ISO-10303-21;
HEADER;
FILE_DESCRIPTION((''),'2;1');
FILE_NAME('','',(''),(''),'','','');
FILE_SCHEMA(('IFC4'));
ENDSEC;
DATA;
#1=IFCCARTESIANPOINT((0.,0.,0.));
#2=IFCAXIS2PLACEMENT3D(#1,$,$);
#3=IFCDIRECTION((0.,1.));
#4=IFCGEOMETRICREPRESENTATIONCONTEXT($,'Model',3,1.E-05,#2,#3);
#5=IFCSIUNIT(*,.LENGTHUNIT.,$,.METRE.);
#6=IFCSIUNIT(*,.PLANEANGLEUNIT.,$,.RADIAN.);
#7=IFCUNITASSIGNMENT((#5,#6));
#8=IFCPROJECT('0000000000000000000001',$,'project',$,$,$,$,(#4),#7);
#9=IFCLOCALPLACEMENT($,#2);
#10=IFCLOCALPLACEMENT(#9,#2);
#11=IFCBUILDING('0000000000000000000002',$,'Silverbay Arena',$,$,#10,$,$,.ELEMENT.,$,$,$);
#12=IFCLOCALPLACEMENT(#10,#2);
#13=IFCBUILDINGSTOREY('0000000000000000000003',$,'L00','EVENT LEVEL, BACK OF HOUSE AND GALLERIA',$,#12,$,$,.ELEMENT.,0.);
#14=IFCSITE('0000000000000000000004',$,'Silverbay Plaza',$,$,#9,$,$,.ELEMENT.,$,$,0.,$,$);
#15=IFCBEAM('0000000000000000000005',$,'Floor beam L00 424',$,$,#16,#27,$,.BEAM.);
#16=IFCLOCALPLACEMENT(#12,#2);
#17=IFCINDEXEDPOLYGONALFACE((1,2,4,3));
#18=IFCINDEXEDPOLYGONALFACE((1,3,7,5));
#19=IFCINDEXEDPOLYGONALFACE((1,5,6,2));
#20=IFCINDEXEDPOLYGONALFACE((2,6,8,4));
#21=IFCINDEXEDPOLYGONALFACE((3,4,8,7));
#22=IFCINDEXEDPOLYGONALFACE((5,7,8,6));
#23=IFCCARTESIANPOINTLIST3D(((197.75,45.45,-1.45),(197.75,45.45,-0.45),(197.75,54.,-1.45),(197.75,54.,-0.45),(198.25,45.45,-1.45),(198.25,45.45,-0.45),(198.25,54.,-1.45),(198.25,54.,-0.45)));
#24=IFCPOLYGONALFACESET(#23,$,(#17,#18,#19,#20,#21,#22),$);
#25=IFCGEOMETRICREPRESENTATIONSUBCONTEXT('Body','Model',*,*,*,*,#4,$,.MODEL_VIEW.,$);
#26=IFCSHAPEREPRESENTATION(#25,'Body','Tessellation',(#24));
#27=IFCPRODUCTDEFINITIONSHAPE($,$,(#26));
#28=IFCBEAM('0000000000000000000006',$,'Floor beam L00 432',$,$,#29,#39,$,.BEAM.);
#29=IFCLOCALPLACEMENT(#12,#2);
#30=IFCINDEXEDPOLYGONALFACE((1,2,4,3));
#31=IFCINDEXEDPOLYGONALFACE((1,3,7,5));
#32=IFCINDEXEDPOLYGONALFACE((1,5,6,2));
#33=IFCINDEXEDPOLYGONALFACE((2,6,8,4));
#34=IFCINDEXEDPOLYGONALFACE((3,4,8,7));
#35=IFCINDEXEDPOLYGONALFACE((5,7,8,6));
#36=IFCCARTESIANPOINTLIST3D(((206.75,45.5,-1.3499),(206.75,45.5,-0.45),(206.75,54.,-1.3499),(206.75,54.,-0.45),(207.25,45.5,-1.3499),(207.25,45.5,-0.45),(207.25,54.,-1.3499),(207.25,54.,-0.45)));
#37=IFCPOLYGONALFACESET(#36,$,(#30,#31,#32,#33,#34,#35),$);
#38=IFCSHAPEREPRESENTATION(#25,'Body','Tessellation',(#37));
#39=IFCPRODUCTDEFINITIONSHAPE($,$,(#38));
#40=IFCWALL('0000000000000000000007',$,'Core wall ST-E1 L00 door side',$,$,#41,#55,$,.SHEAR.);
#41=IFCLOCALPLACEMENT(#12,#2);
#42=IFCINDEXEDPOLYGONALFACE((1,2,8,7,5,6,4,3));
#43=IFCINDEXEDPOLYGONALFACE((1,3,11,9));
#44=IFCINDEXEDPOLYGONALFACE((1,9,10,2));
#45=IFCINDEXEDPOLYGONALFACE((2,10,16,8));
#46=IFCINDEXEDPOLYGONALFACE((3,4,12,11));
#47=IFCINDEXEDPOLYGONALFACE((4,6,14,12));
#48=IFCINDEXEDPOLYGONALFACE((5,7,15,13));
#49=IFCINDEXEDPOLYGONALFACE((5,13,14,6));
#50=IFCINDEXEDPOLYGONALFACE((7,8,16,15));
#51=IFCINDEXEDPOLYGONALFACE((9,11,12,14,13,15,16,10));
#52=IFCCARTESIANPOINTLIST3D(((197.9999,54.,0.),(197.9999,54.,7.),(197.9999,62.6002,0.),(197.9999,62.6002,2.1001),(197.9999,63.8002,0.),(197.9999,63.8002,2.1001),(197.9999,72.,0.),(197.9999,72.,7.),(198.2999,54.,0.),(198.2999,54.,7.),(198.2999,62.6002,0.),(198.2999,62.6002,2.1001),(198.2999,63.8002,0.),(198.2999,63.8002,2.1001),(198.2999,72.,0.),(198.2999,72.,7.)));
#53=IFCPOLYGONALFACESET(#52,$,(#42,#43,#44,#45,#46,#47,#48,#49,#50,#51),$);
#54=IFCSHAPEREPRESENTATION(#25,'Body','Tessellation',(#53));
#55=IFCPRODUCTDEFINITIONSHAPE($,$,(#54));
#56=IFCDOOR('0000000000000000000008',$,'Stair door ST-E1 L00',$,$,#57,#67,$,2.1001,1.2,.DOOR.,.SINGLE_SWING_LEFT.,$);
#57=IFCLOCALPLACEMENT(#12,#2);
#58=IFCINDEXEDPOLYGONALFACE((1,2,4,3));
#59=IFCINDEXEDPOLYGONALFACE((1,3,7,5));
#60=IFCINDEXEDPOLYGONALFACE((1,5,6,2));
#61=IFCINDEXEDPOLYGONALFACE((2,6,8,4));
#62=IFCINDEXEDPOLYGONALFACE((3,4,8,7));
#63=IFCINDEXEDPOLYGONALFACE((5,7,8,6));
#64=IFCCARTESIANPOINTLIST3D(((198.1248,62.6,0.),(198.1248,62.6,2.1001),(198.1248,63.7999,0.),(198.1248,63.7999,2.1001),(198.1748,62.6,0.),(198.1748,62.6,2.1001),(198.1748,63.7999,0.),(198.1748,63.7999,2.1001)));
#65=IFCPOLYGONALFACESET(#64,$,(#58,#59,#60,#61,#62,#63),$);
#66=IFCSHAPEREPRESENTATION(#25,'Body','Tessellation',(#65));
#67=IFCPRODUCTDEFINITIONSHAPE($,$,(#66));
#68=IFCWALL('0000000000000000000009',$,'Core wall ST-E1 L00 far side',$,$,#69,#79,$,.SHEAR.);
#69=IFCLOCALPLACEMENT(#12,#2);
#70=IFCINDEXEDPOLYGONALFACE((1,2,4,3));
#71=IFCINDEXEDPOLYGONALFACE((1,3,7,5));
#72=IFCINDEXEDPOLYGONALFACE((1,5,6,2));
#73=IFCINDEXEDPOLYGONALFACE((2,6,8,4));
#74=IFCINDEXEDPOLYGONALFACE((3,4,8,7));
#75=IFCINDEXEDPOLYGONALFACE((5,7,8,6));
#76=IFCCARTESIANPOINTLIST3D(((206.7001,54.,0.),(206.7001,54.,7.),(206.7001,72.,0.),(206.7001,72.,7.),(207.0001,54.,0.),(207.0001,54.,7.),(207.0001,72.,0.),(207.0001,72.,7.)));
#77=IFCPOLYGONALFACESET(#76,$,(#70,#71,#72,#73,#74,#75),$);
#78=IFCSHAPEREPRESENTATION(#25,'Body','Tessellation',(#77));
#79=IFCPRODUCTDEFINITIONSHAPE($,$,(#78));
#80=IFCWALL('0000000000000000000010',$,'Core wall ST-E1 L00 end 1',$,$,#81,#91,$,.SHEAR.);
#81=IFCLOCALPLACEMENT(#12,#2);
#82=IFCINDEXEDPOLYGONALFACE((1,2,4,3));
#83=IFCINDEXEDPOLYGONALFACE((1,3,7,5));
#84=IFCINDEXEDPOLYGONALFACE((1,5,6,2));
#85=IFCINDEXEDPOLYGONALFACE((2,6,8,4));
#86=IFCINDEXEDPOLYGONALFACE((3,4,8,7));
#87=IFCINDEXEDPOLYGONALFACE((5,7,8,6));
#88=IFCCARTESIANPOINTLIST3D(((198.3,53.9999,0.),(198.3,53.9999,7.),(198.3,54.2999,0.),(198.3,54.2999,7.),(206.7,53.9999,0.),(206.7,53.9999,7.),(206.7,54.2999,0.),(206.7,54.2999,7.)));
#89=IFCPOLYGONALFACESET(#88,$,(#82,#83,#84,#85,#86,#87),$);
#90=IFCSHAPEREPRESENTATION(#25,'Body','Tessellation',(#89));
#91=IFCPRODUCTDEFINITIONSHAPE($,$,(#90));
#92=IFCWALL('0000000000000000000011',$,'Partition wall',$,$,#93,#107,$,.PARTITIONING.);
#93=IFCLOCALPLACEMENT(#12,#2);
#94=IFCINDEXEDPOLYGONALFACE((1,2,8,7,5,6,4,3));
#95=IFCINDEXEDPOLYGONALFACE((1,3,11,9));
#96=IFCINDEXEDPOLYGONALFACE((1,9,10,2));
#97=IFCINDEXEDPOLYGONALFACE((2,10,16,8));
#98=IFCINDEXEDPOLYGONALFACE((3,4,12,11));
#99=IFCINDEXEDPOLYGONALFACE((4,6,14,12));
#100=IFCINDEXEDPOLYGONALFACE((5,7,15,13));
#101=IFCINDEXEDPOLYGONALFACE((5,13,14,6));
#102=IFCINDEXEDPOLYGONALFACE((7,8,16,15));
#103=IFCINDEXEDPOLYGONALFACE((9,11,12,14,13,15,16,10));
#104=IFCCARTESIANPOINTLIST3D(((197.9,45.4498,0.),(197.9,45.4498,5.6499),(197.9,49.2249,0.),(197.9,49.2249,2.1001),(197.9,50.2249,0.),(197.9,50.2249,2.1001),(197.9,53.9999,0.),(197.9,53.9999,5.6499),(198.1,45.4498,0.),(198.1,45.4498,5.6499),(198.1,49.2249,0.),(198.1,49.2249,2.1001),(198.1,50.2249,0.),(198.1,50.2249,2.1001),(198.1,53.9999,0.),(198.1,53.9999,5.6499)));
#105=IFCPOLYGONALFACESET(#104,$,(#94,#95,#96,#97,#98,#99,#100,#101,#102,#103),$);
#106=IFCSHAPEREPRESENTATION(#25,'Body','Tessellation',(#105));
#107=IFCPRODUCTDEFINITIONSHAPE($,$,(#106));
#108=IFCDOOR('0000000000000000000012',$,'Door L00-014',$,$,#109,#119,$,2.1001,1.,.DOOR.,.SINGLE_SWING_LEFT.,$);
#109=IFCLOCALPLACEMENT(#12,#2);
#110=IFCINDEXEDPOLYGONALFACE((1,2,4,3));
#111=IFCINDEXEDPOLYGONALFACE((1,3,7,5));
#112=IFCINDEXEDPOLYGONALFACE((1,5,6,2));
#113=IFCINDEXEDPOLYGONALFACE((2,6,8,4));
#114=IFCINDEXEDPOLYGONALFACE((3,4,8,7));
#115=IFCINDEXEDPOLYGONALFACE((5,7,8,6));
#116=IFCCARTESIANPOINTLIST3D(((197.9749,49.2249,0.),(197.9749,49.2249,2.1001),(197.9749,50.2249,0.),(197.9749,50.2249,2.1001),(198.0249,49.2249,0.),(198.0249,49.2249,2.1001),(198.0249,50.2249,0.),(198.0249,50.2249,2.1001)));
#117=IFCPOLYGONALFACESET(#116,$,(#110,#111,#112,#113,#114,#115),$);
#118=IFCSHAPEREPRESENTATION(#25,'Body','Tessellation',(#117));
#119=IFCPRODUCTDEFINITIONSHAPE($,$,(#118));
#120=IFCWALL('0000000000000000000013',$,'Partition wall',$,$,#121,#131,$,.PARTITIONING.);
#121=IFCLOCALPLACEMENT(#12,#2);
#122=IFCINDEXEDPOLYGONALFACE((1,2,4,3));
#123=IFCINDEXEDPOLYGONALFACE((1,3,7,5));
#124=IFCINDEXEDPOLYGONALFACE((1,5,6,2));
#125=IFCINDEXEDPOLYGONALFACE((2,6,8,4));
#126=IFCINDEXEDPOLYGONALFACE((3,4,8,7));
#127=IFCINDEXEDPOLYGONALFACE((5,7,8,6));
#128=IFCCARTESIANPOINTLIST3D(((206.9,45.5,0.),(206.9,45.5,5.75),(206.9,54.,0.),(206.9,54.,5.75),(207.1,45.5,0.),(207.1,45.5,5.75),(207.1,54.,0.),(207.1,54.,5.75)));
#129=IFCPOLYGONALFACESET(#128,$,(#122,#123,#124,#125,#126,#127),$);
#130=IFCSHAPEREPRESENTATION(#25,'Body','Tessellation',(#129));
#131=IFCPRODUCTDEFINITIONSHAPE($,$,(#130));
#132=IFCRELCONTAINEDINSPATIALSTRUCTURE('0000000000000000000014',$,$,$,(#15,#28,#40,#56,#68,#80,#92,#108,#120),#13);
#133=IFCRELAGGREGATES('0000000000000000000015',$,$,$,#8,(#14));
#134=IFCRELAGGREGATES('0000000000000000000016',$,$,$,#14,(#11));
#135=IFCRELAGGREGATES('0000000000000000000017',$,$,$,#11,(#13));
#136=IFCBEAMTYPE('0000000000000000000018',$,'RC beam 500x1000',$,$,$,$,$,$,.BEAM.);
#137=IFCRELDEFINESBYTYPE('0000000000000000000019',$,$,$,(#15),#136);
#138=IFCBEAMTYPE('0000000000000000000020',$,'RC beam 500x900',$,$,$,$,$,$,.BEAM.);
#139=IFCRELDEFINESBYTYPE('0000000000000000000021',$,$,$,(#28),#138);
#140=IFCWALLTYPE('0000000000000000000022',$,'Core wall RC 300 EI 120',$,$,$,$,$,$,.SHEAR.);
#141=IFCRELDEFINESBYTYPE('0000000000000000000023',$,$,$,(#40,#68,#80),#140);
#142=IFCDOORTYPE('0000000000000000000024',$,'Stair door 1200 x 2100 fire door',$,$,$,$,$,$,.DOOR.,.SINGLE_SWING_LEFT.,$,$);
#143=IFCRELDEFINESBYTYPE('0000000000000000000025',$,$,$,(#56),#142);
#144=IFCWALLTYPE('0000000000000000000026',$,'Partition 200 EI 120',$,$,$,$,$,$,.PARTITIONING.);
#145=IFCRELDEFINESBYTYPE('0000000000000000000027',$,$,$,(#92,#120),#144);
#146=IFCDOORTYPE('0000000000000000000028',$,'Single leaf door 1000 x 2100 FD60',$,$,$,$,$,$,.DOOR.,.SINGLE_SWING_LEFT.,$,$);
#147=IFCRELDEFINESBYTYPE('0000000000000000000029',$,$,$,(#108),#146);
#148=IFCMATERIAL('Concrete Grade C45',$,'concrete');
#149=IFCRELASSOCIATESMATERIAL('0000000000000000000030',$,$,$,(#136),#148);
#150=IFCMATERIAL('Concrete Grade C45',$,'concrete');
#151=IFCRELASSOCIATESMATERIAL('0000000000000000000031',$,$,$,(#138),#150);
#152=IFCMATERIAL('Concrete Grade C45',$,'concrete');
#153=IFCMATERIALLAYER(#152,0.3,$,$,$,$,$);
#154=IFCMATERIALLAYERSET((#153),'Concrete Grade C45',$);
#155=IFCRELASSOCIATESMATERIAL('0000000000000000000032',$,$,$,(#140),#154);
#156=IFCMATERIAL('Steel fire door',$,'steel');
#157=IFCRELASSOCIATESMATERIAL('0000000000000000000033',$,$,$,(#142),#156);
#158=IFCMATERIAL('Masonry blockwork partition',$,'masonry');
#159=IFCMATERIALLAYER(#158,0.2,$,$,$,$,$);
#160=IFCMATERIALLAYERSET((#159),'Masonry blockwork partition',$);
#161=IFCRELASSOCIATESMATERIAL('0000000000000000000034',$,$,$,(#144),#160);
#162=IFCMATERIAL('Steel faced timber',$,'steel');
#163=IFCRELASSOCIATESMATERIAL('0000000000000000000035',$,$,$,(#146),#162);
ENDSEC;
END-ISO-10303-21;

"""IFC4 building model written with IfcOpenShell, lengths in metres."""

from ifc_helpers import new_model, si_unit, direction, frame, frame_2d, origin, origin_2d, place, context, subcontext, project, spatial, rectangle, extrude, material, layer, layer_set, material_profile, profile_set, type_object, element, fill, save


model = new_model("IFC4")

# Units and contexts
model_context = context("Model", 3, precision=1e-05, world=origin(), true_north=direction((0.0, 1.0)))
body_context = subcontext(model_context, "Body", "Model", "MODEL_VIEW")
ifc_project = project(units=[si_unit("LENGTHUNIT", "METRE"), si_unit("PLANEANGLEUNIT", "RADIAN")], contexts=[model_context])

# Site, building, storey
site_placement = place(None, origin())
site = spatial("IfcSite", under=ifc_project, at=site_placement, Name="Silverbay Plaza", CompositionType="ELEMENT", RefElevation=0.0)
building_placement = place(site_placement, origin())
building = spatial("IfcBuilding", under=site, at=building_placement, Name="Silverbay Arena", CompositionType="ELEMENT")
storey_placement = place(building_placement, origin())
storey = spatial("IfcBuildingStorey", under=building, at=storey_placement, Name="L00", Description="EVENT LEVEL, BACK OF HOUSE AND GALLERIA", CompositionType="ELEMENT", Elevation=0.0)

# Beams
ifc_material_1 = material(Name="Concrete Grade C45", Category="concrete")
ifc_material_profile_1 = material_profile(ifc_material_1, rectangle(XDim=0.5, YDim=1.0, at=origin_2d()), Name="RC 500x1000")
ifc_profile_set_1 = profile_set([ifc_material_profile_1], Name="Concrete Grade C45")
beam_type_1 = type_object("IfcBeamType", Name="RC beam 500x1000", PredefinedType="BEAM", material=ifc_profile_set_1)
beam_1_placement = place(storey_placement, frame((198.0, 45.45, -0.95), z_axis=(0.0, 1.0, 0.0), x_axis=(-1.0, 0.0, 0.0)))
element("IfcBeam", 1, at=beam_1_placement, inside=storey, type_object=beam_type_1, Name="Floor beam L00 424", PredefinedType="BEAM", context=body_context, shape_type="SweptSolid", body=[
    extrude(rectangle(XDim=0.5, YDim=1.0, at=origin_2d()), origin(), (0.0, 0.0, 1.0), 8.55),
])
ifc_material_2 = material(Name="Concrete Grade C45", Category="concrete")
ifc_material_profile_2 = material_profile(ifc_material_2, rectangle(XDim=0.5, YDim=0.8999, at=origin_2d()), Name="RC 500x900")
ifc_profile_set_2 = profile_set([ifc_material_profile_2], Name="Concrete Grade C45")
beam_type_2 = type_object("IfcBeamType", Name="RC beam 500x900", PredefinedType="BEAM", material=ifc_profile_set_2)
beam_2_placement = place(storey_placement, frame((207.0, 45.5, -0.8999), z_axis=(0.0, 1.0, 0.0), x_axis=(-1.0, 0.0, 0.0)))
element("IfcBeam", 2, at=beam_2_placement, inside=storey, type_object=beam_type_2, Name="Floor beam L00 432", PredefinedType="BEAM", context=body_context, shape_type="SweptSolid", body=[
    extrude(rectangle(XDim=0.5, YDim=0.8999, at=origin_2d()), origin(), (0.0, 0.0, 1.0), 8.5),
])

# Wall, opening, door
ifc_material_3 = material(Name="Concrete Grade C45", Category="concrete")
ifc_layer_1 = layer(ifc_material_3, 0.3)
ifc_layer_set_1 = layer_set([ifc_layer_1], Name="Concrete Grade C45")
wall_type_1 = type_object("IfcWallType", Name="Core wall RC 300 EI 120", PredefinedType="SHEAR", material=ifc_layer_set_1)
wall_1_placement = place(storey_placement, frame((198.1499, 54.0, 0.0), z_axis=(0.0, 0.0, 1.0), x_axis=(0.0, 1.0, 0.0)))
wall_1 = element("IfcWall", 3, at=wall_1_placement, inside=storey, type_object=wall_type_1, Name="Core wall ST-E1 L00 door side", PredefinedType="SHEAR", context=body_context, shape_type="SweptSolid", body=[
    extrude(rectangle(XDim=18.0, YDim=0.3, at=frame_2d((9.0, 0.0))), origin(), (0.0, 0.0, 1.0), 7.0),
])
opening_1_placement = place(wall_1_placement, frame((8.6001, 0.0, 0.0)))
opening_1 = element("IfcOpeningElement", 4, at=opening_1_placement, cuts=wall_1, PredefinedType="OPENING", context=body_context, shape_type="SweptSolid", body=[
    extrude(rectangle(XDim=1.2, YDim=2.1001, at=frame_2d((0.6001, 1.05))), frame((0.0, 0.1602, 0.0), z_axis=(0.0, -1.0, 0.0), x_axis=(1.0, 0.0, 0.0)), (0.0, 0.0, 1.0), 0.3201),
])
ifc_material_4 = material(Name="Steel fire door", Category="steel")
door_type_1 = type_object("IfcDoorType", Name="Stair door 1200 x 2100 fire door", OperationType="SINGLE_SWING_LEFT", PredefinedType="DOOR", material=ifc_material_4)
door_1_placement = place(opening_1_placement, frame((1.2, 0.0, 0.0), z_axis=(0.0, 0.0, 1.0), x_axis=(-1.0, 0.0, 0.0)))
door_1 = element("IfcDoor", 5, at=door_1_placement, inside=storey, type_object=door_type_1, Name="Stair door ST-E1 L00", OperationType="SINGLE_SWING_LEFT", OverallHeight=2.1001, OverallWidth=1.2, PredefinedType="DOOR", context=body_context, shape_type="SweptSolid", body=[
    extrude(rectangle(XDim=1.2, YDim=2.1001, at=frame_2d((0.6001, 1.05))), frame((0.0, 0.0249, 0.0), z_axis=(0.0, -1.0, 0.0), x_axis=(1.0, 0.0, 0.0)), (0.0, 0.0, 1.0), 0.05),
])
fill(opening_1, door_1)

# Walls
wall_2_placement = place(storey_placement, frame((206.8501, 54.0, 0.0), z_axis=(0.0, 0.0, 1.0), x_axis=(0.0, 1.0, 0.0)))
element("IfcWall", 6, at=wall_2_placement, inside=storey, type_object=wall_type_1, Name="Core wall ST-E1 L00 far side", PredefinedType="SHEAR", context=body_context, shape_type="SweptSolid", body=[
    extrude(rectangle(XDim=18.0, YDim=0.3, at=frame_2d((9.0, 0.0))), origin(), (0.0, 0.0, 1.0), 7.0),
])
wall_3_placement = place(storey_placement, frame((198.3, 54.1499, 0.0), z_axis=(0.0, 0.0, 1.0), x_axis=(1.0, 0.0, 0.0)))
element("IfcWall", 7, at=wall_3_placement, inside=storey, type_object=wall_type_1, Name="Core wall ST-E1 L00 end 1", PredefinedType="SHEAR", context=body_context, shape_type="SweptSolid", body=[
    extrude(rectangle(XDim=8.3999, YDim=0.3, at=frame_2d((4.2, 0.0))), origin(), (0.0, 0.0, 1.0), 7.0),
])

# Wall, opening, door
ifc_material_5 = material(Name="Masonry blockwork partition", Category="masonry")
ifc_layer_2 = layer(ifc_material_5, 0.2)
ifc_layer_set_2 = layer_set([ifc_layer_2], Name="Masonry blockwork partition")
wall_type_2 = type_object("IfcWallType", Name="Partition 200 EI 120", PredefinedType="PARTITIONING", material=ifc_layer_set_2)
wall_4_placement = place(storey_placement, frame((198.0, 45.45, 0.0), z_axis=(0.0, 0.0, 1.0), x_axis=(0.0, 1.0, 0.0)))
wall_4 = element("IfcWall", 8, at=wall_4_placement, inside=storey, type_object=wall_type_2, Name="Partition wall", PredefinedType="PARTITIONING", context=body_context, shape_type="SweptSolid", body=[
    extrude(rectangle(XDim=8.55, YDim=0.2, at=frame_2d((4.2749, 0.0))), origin(), (0.0, 0.0, 1.0), 5.6499),
])
opening_2_placement = place(wall_4_placement, frame((3.7749, 0.0, 0.0)))
opening_2 = element("IfcOpeningElement", 9, at=opening_2_placement, cuts=wall_4, PredefinedType="OPENING", context=body_context, shape_type="SweptSolid", body=[
    extrude(rectangle(XDim=1.0, YDim=2.1001, at=frame_2d((0.5, 1.05))), frame((0.0, 0.1099, 0.0), z_axis=(0.0, -1.0, 0.0), x_axis=(1.0, 0.0, 0.0)), (0.0, 0.0, 1.0), 0.22),
])
ifc_material_6 = material(Name="Steel faced timber", Category="steel")
door_type_2 = type_object("IfcDoorType", Name="Single leaf door 1000 x 2100 FD60", OperationType="SINGLE_SWING_LEFT", PredefinedType="DOOR", material=ifc_material_6)
door_2_placement = place(opening_2_placement, frame((1.0, 0.0, 0.0), z_axis=(0.0, 0.0, 1.0), x_axis=(-1.0, 0.0, 0.0)))
door_2 = element("IfcDoor", 10, at=door_2_placement, inside=storey, type_object=door_type_2, Name="Door L00-014", OperationType="SINGLE_SWING_LEFT", OverallHeight=2.1001, OverallWidth=1.0, PredefinedType="DOOR", context=body_context, shape_type="SweptSolid", body=[
    extrude(rectangle(XDim=1.0, YDim=2.1001, at=frame_2d((0.5, 1.05))), frame((0.0, 0.0249, 0.0), z_axis=(0.0, -1.0, 0.0), x_axis=(1.0, 0.0, 0.0)), (0.0, 0.0, 1.0), 0.05),
])
fill(opening_2, door_2)

# Wall
wall_5_placement = place(storey_placement, frame((207.0, 45.5, 0.0), z_axis=(0.0, 0.0, 1.0), x_axis=(0.0, 1.0, 0.0)))
element("IfcWall", 11, at=wall_5_placement, inside=storey, type_object=wall_type_2, Name="Partition wall", PredefinedType="PARTITIONING", context=body_context, shape_type="SweptSolid", body=[
    extrude(rectangle(XDim=8.5, YDim=0.2, at=frame_2d((4.25, 0.0))), origin(), (0.0, 0.0, 1.0), 5.75),
])

save(model, "model.ifc")
